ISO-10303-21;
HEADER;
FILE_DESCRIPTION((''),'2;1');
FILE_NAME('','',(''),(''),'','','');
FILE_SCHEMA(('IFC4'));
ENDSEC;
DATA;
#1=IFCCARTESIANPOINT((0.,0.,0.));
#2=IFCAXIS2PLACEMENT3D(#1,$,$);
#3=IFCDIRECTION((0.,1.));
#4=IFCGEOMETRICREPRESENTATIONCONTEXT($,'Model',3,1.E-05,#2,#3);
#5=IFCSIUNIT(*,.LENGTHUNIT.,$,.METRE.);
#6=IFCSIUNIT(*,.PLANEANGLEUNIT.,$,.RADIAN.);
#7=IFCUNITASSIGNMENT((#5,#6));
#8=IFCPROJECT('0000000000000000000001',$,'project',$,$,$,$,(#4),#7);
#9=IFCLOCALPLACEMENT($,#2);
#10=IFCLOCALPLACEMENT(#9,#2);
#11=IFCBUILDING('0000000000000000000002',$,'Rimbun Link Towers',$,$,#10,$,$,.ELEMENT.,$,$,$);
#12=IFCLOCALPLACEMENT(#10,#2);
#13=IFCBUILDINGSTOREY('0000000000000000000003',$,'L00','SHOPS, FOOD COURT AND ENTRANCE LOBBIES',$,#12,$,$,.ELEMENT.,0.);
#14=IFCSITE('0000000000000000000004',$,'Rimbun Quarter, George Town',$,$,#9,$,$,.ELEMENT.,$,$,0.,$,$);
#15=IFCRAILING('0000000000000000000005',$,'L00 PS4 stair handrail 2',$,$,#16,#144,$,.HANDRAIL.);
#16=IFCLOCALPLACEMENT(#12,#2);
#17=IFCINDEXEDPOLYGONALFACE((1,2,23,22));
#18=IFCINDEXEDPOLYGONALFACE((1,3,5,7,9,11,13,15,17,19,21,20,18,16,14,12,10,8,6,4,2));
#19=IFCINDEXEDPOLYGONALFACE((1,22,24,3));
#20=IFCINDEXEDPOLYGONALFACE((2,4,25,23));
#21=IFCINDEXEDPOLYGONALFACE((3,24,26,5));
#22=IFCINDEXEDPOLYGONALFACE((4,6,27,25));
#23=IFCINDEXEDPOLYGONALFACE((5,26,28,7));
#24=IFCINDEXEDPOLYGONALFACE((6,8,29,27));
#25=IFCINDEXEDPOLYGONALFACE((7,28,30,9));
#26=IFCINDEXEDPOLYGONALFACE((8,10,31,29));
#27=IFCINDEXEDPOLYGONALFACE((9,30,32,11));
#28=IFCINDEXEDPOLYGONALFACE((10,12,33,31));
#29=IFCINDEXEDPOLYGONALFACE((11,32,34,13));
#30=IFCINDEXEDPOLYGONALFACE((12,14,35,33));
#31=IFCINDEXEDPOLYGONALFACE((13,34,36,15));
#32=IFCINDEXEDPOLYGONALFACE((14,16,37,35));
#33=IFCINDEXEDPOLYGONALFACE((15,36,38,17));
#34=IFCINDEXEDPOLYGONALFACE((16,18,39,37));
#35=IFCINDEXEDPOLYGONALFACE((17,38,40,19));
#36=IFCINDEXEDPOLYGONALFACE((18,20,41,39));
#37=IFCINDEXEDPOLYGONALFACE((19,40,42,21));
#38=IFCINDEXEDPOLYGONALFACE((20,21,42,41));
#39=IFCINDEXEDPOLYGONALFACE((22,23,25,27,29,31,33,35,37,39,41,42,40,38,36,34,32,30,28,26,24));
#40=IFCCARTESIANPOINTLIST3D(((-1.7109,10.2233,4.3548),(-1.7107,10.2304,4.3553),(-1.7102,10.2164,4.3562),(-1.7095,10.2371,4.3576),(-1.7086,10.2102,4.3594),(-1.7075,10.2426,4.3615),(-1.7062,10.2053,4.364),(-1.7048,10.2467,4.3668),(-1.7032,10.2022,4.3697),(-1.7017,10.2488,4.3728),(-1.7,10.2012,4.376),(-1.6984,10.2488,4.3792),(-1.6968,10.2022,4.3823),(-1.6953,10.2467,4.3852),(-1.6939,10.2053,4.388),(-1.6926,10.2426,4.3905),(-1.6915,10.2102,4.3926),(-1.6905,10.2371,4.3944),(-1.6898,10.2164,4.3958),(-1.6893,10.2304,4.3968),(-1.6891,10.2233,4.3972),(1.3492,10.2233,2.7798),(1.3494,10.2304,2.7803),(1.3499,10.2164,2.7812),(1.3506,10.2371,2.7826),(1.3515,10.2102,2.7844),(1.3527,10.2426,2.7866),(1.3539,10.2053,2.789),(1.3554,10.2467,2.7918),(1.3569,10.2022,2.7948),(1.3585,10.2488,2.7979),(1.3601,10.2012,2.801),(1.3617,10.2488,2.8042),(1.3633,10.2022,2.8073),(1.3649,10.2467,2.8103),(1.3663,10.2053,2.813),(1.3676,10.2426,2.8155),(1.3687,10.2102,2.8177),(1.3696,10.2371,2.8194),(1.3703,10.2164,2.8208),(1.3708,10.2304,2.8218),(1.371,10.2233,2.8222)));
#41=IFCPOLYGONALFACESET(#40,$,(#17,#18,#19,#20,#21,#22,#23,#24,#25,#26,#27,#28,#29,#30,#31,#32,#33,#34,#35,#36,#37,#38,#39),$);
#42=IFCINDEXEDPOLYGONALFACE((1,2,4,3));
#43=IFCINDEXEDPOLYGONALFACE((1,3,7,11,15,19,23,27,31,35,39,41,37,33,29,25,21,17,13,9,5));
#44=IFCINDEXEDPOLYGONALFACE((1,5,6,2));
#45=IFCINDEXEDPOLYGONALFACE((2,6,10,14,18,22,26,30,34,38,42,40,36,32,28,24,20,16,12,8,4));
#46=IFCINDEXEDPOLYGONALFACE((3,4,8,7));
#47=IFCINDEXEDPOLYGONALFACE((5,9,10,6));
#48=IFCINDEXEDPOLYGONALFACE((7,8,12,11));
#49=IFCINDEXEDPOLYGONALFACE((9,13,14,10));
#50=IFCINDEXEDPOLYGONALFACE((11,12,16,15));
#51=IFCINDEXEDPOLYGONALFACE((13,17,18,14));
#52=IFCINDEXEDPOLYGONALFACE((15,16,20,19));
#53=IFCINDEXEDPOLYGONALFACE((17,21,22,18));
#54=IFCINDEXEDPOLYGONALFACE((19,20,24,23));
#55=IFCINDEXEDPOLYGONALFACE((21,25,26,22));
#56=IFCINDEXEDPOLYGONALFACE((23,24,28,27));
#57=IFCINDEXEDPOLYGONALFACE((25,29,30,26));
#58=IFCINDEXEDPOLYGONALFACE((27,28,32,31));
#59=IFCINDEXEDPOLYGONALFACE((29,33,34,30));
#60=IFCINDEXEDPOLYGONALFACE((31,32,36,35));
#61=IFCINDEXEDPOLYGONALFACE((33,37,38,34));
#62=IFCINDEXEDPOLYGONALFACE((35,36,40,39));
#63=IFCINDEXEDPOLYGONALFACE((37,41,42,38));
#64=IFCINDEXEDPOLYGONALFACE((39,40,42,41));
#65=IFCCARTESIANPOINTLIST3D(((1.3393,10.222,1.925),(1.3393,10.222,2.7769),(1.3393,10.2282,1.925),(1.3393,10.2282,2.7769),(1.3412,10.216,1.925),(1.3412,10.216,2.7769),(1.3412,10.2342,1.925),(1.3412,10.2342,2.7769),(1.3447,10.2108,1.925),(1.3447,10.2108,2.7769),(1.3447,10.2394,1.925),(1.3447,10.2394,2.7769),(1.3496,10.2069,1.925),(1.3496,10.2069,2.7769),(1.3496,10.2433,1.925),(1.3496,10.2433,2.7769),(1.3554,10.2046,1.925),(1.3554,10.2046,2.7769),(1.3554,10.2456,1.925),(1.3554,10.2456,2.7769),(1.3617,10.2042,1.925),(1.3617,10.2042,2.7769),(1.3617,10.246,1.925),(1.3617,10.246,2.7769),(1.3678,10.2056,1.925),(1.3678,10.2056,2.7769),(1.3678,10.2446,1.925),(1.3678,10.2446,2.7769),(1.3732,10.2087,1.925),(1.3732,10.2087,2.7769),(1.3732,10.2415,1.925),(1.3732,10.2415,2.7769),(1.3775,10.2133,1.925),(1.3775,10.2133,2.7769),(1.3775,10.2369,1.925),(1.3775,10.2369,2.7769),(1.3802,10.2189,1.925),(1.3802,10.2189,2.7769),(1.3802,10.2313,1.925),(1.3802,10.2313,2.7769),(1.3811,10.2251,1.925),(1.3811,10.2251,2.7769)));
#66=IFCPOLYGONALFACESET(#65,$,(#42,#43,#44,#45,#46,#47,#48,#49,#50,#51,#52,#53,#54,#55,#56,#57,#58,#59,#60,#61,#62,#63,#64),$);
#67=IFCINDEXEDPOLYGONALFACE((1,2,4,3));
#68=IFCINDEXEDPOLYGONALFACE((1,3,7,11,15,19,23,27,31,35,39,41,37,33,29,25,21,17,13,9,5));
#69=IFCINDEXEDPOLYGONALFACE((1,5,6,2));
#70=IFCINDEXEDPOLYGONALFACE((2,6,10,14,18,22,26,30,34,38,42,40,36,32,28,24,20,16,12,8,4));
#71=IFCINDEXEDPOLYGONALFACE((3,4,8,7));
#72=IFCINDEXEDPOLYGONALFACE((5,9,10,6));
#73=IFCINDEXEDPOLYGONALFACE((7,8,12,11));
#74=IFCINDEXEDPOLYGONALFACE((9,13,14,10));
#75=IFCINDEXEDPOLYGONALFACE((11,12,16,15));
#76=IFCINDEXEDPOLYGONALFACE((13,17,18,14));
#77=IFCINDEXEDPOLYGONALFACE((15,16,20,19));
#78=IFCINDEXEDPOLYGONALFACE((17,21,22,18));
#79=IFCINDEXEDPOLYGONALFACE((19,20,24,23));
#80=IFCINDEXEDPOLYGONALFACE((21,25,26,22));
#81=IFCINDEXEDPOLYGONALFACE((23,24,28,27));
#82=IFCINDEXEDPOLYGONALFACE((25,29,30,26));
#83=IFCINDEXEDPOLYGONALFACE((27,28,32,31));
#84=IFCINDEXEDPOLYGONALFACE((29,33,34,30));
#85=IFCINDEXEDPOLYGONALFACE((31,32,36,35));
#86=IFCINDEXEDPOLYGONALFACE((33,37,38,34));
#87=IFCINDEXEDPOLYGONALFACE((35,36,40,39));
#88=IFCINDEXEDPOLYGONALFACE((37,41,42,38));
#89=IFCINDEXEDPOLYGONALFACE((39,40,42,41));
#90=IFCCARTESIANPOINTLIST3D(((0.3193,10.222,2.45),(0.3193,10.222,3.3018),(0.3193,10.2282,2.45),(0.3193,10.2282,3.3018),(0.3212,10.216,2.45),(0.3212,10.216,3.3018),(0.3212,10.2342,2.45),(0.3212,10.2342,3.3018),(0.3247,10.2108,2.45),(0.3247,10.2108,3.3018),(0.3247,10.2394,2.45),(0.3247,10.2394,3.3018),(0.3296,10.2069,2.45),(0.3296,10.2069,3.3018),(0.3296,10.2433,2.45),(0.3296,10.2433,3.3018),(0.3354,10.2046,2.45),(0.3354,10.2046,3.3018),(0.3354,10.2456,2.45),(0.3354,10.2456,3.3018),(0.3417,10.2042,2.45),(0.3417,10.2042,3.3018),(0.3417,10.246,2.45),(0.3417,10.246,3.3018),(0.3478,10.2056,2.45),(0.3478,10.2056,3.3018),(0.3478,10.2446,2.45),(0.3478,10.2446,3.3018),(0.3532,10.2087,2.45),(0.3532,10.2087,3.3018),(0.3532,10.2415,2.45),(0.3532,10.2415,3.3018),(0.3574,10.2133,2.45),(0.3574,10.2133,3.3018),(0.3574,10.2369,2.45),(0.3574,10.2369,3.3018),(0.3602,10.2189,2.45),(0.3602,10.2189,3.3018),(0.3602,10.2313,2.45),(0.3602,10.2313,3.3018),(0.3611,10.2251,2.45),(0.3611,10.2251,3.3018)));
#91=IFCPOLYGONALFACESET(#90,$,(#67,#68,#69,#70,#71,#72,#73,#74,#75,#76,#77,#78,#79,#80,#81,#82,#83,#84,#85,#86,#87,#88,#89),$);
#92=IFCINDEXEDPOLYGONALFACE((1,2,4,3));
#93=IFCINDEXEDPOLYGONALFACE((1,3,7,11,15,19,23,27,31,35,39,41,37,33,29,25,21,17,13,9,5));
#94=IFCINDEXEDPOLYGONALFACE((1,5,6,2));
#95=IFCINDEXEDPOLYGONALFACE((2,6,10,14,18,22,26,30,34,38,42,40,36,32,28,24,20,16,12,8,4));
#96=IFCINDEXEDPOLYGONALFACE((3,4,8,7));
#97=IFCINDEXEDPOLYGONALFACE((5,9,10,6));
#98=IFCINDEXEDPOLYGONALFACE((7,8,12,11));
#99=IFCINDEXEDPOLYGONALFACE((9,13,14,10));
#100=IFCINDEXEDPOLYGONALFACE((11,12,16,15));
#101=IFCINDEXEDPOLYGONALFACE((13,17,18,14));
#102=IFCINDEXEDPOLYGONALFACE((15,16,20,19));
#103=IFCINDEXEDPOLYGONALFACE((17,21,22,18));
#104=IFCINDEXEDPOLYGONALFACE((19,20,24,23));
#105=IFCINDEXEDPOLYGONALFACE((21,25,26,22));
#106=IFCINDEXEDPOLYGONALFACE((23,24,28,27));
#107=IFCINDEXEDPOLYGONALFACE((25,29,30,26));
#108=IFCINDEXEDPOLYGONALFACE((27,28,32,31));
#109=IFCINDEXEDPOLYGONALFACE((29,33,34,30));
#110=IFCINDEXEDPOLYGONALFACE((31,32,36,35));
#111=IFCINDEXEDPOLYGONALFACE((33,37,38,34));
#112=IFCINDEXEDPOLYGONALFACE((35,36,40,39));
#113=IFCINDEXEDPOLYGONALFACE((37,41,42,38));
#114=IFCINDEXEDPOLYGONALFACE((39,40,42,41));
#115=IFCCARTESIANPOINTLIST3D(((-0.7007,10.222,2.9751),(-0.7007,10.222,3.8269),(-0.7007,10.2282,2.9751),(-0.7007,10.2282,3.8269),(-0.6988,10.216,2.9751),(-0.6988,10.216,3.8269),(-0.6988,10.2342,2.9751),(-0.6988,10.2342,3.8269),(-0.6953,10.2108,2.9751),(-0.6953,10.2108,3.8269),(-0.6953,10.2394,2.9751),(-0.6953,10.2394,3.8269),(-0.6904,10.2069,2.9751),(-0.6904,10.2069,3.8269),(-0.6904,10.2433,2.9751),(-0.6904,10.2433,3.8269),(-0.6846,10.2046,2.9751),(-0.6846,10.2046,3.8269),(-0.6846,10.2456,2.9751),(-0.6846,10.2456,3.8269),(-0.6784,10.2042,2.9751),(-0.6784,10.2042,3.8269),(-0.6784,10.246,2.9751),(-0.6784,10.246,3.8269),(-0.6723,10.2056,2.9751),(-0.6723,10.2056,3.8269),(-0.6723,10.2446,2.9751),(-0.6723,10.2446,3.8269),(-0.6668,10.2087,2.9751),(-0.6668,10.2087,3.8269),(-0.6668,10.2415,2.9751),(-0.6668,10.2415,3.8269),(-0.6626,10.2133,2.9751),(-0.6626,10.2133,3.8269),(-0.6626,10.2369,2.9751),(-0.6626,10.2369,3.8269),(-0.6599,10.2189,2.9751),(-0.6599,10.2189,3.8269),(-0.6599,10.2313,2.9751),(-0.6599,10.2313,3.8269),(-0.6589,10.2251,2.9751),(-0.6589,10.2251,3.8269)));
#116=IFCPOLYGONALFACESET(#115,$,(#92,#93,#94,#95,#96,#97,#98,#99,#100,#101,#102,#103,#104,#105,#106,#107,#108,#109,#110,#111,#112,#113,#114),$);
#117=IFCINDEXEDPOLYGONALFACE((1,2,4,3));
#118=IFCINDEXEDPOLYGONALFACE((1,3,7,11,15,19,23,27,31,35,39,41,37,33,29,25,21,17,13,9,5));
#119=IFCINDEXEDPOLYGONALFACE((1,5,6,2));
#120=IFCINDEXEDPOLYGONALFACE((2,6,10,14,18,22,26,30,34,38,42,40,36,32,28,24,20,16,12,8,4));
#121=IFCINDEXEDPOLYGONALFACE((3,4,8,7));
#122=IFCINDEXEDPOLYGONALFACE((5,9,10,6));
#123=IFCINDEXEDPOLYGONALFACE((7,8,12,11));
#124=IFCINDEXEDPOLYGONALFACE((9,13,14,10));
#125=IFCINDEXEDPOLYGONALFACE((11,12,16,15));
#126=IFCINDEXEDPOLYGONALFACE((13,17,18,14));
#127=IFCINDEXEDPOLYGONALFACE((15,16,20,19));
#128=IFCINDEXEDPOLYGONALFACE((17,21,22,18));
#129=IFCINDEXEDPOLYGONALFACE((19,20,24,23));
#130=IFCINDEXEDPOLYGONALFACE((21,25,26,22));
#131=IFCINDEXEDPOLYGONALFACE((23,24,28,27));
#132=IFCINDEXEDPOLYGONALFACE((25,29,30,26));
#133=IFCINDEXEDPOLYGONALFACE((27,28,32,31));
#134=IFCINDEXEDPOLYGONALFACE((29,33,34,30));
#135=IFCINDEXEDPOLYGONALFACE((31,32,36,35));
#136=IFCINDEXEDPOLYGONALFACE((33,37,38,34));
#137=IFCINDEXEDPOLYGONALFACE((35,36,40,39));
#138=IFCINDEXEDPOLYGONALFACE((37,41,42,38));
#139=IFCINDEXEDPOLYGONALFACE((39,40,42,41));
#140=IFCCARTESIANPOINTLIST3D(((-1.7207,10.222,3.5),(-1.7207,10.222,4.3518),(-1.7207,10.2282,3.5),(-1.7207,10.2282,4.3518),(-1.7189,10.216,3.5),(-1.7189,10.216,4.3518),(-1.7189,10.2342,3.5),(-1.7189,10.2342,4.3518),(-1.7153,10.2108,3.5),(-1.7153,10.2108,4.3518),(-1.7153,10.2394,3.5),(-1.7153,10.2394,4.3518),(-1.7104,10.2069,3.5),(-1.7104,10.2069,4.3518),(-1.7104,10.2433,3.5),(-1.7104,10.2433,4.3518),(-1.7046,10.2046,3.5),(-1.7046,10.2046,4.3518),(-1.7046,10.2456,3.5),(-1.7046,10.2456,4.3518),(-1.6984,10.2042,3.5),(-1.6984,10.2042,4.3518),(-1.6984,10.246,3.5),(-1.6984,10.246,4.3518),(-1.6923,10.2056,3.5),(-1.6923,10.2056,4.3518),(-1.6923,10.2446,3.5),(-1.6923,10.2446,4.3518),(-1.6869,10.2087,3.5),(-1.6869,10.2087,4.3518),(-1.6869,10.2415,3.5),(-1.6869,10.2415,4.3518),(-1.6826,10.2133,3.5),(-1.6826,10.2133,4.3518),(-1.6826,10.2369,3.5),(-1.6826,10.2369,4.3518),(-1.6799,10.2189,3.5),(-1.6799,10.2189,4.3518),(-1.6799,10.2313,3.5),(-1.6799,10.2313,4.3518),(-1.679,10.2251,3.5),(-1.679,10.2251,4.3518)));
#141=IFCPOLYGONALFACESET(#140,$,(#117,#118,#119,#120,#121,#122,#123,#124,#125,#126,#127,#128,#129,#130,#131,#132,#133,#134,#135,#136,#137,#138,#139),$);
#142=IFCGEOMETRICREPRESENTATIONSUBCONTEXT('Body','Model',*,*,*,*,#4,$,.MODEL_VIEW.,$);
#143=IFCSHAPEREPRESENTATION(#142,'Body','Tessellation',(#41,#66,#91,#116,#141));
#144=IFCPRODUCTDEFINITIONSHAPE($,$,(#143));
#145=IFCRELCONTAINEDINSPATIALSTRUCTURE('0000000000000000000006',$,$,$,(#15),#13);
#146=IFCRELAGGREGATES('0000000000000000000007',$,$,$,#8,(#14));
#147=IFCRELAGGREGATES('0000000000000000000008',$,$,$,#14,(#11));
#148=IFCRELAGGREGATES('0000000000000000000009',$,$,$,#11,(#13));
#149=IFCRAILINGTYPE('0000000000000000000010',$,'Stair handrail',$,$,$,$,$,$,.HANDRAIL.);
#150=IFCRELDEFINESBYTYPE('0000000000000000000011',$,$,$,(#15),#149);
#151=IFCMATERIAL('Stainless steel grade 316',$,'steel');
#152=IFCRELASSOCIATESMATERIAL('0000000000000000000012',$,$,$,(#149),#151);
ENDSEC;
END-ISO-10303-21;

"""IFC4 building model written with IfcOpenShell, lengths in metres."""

from ifc_helpers import new_model, si_unit, direction, frame, origin, origin_2d, place, context, subcontext, project, spatial, circle, extrude, material, type_object, element, save


model = new_model("IFC4")

# Units and contexts
model_context = context("Model", 3, precision=1e-05, world=origin(), true_north=direction((0.0, 1.0)))
body_context = subcontext(model_context, "Body", "Model", "MODEL_VIEW")
ifc_project = project(units=[si_unit("LENGTHUNIT", "METRE"), si_unit("PLANEANGLEUNIT", "RADIAN")], contexts=[model_context])

# Site, building, storey
site_placement = place(None, origin())
site = spatial("IfcSite", under=ifc_project, at=site_placement, Name="Rimbun Quarter, George Town", CompositionType="ELEMENT", RefElevation=0.0)
building_placement = place(site_placement, origin())
building = spatial("IfcBuilding", under=site, at=building_placement, Name="Rimbun Link Towers", CompositionType="ELEMENT")
storey_placement = place(building_placement, origin())
storey = spatial("IfcBuildingStorey", under=building, at=storey_placement, Name="L00", Description="SHOPS, FOOD COURT AND ENTRANCE LOBBIES", CompositionType="ELEMENT", Elevation=0.0)

# Railing
ifc_material_1 = material(Name="Stainless steel grade 316", Category="steel")
railing_type_1 = type_object("IfcRailingType", Name="Stair handrail", PredefinedType="HANDRAIL", material=ifc_material_1)
for number, where, name in (
    (1, (1.3601, 10.2251, 1.925), "L00 PS4 stair handrail 2"),
):
    element("IfcRailing", number, at=place(storey_placement, frame(where)), inside=storey, type_object=railing_type_1, Name=name, PredefinedType="HANDRAIL", context=body_context, shape_type="SweptSolid", body=[
        extrude(circle(Radius=0.0239, at=origin_2d()), frame((0.0, 0.0, 0.876), z_axis=(-0.889145, 0.0, 0.457625), x_axis=(0.0, -1.0, 0.0)), (0.0, 0.0, 1.0), 3.4417),
        extrude(circle(Radius=0.021, at=origin_2d()), origin(), (0.0, 0.0, 1.0), 0.8518),
        extrude(circle(Radius=0.021, at=origin_2d()), frame((-1.02, 0.0, 0.5249)), (0.0, 0.0, 1.0), 0.8518),
        extrude(circle(Radius=0.021, at=origin_2d()), frame((-2.04, 0.0, 1.05)), (0.0, 0.0, 1.0), 0.8518),
        extrude(circle(Radius=0.021, at=origin_2d()), frame((-3.0601, 0.0, 1.575)), (0.0, 0.0, 1.0), 0.8518),
    ])

save(model, "model.ifc")
